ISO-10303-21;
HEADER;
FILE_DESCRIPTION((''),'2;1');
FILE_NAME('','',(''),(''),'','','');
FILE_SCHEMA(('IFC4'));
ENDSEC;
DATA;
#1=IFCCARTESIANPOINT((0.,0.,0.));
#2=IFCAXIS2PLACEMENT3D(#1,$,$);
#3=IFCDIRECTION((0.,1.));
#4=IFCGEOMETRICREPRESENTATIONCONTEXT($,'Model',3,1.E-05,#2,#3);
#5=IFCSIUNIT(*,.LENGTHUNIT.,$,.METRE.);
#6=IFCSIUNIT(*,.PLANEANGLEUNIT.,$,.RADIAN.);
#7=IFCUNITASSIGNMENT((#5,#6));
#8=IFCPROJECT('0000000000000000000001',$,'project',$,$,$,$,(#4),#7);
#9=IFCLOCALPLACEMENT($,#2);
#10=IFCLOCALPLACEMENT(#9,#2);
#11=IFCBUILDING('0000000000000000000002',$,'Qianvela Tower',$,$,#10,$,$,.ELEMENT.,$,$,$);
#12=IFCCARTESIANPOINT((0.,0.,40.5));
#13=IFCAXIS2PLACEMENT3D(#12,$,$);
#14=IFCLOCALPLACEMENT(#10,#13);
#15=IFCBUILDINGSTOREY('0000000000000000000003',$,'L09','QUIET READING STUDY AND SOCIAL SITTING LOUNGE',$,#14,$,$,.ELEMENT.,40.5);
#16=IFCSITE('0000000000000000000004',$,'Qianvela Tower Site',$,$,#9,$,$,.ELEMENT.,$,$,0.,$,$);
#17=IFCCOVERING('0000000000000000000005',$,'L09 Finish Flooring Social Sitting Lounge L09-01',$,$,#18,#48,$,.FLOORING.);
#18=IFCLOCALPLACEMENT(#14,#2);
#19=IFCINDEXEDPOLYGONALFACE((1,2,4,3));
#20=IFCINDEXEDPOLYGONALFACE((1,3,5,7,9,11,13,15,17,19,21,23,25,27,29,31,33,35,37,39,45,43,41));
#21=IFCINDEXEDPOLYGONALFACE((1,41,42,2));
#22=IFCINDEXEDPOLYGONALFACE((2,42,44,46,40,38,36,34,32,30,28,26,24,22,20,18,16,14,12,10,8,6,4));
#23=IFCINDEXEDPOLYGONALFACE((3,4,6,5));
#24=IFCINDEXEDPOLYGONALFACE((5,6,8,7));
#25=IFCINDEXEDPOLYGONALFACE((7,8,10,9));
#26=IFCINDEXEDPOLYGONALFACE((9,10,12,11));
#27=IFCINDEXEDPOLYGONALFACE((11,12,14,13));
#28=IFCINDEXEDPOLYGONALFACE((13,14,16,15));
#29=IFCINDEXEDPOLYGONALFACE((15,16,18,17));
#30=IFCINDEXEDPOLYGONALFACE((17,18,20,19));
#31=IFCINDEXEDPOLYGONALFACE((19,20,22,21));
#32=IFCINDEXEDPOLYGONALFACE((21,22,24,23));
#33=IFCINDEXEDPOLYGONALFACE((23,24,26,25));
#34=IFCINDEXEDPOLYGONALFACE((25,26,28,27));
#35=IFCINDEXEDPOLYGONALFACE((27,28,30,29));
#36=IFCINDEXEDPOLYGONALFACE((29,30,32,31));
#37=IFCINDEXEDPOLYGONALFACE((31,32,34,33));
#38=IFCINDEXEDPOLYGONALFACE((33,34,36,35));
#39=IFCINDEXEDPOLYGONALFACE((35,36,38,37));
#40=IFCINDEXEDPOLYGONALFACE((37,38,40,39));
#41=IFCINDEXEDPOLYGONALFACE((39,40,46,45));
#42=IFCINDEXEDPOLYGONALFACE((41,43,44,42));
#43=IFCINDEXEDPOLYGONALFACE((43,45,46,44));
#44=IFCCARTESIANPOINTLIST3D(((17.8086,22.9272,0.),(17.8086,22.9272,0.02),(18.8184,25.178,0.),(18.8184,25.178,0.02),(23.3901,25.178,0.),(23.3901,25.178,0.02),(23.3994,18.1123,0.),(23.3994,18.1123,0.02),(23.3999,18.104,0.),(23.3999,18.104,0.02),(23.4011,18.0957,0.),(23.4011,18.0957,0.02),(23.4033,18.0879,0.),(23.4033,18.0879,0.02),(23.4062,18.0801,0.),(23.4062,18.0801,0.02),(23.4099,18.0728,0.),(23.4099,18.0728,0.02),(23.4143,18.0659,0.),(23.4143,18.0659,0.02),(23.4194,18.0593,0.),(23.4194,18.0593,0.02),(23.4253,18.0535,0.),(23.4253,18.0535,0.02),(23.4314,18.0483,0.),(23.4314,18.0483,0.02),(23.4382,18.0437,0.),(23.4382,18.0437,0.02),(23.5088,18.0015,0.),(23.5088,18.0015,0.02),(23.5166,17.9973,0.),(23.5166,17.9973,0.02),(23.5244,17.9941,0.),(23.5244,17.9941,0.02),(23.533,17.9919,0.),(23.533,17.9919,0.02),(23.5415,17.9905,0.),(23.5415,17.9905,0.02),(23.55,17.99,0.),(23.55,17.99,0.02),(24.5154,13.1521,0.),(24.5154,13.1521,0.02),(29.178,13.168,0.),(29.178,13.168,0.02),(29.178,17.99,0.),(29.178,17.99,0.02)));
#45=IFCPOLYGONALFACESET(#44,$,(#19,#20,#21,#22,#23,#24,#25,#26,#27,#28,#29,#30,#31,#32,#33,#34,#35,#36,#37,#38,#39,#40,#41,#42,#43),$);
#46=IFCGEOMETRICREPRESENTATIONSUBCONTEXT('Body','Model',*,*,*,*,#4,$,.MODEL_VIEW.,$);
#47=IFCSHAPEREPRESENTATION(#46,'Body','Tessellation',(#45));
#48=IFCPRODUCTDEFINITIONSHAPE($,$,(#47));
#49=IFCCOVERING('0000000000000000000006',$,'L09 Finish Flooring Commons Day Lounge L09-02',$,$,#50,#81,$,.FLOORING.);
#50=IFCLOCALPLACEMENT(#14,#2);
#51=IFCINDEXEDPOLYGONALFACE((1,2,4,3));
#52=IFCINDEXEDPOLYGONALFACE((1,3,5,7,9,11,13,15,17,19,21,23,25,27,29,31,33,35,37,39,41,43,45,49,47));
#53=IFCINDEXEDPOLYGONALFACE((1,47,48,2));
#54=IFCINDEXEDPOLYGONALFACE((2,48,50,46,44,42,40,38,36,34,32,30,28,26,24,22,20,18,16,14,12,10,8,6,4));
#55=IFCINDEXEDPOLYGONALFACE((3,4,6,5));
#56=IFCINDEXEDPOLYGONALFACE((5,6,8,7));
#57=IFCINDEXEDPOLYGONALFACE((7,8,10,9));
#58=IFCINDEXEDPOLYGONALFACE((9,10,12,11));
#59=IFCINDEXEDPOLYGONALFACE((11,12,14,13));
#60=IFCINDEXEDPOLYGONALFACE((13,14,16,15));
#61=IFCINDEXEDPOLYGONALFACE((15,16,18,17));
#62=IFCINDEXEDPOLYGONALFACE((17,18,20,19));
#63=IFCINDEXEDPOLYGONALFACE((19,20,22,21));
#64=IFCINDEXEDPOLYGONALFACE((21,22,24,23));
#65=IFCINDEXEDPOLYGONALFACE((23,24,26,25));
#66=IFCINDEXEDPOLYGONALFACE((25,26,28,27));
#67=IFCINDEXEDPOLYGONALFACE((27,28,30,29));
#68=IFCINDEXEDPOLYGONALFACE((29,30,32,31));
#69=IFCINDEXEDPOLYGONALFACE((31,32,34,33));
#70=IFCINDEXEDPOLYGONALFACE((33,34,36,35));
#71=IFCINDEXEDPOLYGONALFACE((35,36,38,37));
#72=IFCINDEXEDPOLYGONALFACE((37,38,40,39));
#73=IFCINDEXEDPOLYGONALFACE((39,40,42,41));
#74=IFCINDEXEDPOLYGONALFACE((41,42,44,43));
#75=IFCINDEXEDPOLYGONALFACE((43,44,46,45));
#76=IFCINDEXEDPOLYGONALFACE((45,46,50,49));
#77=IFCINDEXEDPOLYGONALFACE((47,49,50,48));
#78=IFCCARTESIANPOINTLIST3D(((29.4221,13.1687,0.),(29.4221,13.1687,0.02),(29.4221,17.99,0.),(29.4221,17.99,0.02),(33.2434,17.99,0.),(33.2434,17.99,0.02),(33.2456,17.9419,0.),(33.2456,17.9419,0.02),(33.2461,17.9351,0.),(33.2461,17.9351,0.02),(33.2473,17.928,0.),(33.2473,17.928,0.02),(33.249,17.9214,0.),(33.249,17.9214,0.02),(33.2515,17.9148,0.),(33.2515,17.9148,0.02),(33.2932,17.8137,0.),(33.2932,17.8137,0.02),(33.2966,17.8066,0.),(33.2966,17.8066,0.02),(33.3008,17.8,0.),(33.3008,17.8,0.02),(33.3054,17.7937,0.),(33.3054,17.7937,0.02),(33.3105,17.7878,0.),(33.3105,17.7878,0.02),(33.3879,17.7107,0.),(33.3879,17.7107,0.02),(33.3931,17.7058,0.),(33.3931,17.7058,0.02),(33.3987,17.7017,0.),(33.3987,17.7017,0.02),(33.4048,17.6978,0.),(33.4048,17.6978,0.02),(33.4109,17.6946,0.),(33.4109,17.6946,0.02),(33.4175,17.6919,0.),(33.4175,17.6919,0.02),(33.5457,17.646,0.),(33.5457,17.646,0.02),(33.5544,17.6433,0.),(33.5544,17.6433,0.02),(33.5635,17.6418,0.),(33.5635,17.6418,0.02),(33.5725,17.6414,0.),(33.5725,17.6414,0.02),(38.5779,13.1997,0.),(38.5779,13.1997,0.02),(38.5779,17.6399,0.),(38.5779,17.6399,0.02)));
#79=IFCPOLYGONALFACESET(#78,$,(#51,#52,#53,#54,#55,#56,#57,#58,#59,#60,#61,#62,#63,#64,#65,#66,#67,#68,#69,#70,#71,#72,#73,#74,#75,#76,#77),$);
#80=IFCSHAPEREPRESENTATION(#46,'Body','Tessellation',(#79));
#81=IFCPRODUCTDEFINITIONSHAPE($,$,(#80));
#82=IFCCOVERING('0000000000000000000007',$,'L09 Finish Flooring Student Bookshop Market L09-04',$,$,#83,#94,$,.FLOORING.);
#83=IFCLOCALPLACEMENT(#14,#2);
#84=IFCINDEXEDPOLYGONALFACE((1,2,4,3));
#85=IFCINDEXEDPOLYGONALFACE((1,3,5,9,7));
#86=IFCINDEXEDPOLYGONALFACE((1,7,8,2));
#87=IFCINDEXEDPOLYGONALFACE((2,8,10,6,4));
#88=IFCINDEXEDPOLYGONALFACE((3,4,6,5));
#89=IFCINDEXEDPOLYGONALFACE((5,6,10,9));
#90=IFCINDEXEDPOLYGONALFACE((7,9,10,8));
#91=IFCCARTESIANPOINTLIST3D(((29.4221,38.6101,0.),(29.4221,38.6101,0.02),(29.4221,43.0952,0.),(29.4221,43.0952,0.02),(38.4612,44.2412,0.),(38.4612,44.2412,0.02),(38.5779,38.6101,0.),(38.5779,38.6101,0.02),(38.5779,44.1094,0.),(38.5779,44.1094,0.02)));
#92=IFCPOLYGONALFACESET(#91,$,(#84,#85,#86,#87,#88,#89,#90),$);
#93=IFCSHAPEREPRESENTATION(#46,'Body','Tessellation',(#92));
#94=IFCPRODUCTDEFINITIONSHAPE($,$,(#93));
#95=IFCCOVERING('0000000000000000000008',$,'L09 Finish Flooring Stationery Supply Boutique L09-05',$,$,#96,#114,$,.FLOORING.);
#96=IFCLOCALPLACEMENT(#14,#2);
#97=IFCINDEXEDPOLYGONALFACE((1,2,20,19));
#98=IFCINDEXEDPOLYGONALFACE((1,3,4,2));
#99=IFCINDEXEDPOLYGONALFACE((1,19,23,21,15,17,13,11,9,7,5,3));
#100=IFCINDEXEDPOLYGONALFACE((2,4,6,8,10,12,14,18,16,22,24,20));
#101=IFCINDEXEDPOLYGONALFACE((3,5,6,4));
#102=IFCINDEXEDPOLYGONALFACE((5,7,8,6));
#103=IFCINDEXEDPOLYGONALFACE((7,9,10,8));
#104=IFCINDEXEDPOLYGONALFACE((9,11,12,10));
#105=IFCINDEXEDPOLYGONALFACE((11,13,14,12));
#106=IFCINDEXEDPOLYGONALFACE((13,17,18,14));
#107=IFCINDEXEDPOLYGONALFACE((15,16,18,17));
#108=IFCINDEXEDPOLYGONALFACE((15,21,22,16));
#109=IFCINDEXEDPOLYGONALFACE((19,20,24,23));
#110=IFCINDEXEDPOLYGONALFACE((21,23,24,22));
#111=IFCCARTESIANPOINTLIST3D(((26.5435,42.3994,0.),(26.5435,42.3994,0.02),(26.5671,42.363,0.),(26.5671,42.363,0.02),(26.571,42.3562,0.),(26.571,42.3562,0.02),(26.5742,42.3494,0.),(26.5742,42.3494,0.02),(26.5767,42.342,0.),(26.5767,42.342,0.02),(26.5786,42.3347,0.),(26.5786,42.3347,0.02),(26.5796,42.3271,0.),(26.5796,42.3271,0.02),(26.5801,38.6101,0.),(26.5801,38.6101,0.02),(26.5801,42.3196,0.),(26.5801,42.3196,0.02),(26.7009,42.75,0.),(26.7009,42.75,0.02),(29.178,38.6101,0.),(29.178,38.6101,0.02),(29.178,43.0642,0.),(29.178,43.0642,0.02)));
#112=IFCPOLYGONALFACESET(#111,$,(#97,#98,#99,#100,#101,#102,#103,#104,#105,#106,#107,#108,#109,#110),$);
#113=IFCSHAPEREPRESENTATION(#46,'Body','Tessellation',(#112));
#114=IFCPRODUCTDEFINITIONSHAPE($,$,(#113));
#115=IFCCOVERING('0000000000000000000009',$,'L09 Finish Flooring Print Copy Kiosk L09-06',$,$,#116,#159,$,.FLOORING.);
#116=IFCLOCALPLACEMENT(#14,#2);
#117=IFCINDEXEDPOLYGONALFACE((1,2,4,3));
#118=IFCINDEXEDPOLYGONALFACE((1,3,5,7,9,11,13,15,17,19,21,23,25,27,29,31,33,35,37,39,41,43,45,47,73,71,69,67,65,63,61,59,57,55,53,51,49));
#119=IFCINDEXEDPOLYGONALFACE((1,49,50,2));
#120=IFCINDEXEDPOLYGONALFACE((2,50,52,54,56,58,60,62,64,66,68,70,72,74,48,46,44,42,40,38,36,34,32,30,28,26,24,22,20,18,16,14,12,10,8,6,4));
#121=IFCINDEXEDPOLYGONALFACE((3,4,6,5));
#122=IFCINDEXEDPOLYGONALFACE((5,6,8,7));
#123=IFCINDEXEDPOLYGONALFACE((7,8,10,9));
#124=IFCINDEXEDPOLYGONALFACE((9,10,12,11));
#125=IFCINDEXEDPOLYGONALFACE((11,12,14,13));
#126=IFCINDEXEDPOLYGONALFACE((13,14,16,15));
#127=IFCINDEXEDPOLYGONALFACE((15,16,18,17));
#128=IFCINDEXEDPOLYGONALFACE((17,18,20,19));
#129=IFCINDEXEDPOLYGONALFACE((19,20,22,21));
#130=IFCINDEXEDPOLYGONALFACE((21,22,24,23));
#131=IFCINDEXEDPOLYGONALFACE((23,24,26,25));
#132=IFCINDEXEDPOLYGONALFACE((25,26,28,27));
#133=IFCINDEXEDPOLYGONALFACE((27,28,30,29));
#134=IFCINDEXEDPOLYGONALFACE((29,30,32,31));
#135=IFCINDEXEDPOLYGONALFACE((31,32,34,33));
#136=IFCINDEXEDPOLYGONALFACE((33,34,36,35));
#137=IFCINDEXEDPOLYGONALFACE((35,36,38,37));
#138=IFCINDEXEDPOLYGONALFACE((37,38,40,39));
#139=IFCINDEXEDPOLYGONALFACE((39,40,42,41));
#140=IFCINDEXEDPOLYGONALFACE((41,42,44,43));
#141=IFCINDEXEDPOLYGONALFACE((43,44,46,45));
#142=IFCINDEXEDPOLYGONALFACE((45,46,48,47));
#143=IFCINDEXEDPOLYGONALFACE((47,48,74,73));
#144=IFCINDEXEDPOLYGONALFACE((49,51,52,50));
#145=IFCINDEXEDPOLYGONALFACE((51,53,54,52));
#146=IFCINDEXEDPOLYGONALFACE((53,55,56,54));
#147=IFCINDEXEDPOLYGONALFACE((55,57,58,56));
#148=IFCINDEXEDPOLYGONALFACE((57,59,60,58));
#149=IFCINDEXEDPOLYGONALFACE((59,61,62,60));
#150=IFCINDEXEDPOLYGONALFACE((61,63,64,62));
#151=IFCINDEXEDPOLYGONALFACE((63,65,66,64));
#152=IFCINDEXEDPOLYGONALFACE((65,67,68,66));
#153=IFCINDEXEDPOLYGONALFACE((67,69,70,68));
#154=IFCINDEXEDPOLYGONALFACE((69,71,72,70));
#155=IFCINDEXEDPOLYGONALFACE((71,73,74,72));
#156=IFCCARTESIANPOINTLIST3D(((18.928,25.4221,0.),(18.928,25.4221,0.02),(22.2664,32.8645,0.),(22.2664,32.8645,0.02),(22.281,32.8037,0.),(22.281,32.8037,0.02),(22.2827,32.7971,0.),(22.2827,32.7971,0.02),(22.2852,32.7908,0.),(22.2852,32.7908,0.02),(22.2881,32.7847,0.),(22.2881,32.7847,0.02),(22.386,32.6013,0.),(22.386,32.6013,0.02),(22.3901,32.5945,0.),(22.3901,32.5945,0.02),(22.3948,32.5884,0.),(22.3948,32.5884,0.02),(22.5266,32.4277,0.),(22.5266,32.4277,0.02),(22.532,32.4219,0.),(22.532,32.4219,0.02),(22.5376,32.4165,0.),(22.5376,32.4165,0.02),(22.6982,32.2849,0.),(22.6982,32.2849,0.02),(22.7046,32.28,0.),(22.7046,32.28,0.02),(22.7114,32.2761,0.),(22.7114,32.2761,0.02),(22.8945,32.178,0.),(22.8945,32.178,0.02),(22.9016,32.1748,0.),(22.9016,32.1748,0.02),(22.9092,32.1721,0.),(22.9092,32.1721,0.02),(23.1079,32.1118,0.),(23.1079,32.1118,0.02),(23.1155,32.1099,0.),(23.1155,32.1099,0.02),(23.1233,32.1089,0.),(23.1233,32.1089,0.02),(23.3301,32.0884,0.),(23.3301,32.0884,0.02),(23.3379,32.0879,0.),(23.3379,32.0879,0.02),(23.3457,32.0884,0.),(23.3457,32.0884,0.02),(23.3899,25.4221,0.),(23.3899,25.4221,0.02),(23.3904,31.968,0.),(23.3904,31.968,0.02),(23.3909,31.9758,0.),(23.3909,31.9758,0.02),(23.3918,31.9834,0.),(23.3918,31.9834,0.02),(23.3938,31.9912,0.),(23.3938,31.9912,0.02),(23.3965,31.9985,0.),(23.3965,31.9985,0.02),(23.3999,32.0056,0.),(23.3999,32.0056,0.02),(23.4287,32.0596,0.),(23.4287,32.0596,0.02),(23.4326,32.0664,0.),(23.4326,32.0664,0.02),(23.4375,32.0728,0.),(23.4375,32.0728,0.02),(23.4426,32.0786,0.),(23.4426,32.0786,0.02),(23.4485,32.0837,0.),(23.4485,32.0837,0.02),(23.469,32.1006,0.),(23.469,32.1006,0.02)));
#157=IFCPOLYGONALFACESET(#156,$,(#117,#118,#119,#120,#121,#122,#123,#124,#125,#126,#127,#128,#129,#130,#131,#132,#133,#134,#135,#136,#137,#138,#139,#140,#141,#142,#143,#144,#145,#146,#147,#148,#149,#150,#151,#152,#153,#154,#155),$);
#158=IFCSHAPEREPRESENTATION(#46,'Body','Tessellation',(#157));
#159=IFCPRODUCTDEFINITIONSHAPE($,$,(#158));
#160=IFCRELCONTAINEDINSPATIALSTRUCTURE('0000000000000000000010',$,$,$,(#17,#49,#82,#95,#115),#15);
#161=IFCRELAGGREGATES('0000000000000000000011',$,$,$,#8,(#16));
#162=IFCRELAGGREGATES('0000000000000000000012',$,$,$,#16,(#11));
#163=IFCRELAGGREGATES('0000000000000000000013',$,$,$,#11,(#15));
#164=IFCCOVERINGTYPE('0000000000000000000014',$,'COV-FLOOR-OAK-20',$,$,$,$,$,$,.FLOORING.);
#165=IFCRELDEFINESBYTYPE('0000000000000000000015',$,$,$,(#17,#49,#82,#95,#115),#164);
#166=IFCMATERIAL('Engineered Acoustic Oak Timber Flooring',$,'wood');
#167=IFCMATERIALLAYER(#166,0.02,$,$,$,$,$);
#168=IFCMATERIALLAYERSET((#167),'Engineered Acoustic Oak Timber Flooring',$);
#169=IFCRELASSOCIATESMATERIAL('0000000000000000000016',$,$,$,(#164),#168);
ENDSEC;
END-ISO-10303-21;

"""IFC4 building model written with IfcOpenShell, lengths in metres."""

from ifc_helpers import new_model, si_unit, direction, frame, origin, place, context, subcontext, project, spatial, polyline, outline, extrude, material, layer, layer_set, type_object, element, save


model = new_model("IFC4")

# Units and contexts
model_context = context("Model", 3, precision=1e-05, world=origin(), true_north=direction((0.0, 1.0)))
body_context = subcontext(model_context, "Body", "Model", "MODEL_VIEW")
ifc_project = project(units=[si_unit("LENGTHUNIT", "METRE"), si_unit("PLANEANGLEUNIT", "RADIAN")], contexts=[model_context])

# Site, building, storey
site_placement = place(None, origin())
site = spatial("IfcSite", under=ifc_project, at=site_placement, Name="Qianvela Tower Site", CompositionType="ELEMENT", RefElevation=0.0)
building_placement = place(site_placement, origin())
building = spatial("IfcBuilding", under=site, at=building_placement, Name="Qianvela Tower", CompositionType="ELEMENT")
storey_placement = place(building_placement, frame((0.0, 0.0, 40.5)))
storey = spatial("IfcBuildingStorey", under=building, at=storey_placement, Name="L09", Description="QUIET READING STUDY AND SOCIAL SITTING LOUNGE", CompositionType="ELEMENT", Elevation=40.5)

# Coverings
ifc_material_1 = material(Name="Engineered Acoustic Oak Timber Flooring", Category="wood")
ifc_layer_1 = layer(ifc_material_1, 0.02)
ifc_layer_set_1 = layer_set([ifc_layer_1], Name="Engineered Acoustic Oak Timber Flooring")
covering_type_1 = type_object("IfcCoveringType", Name="COV-FLOOR-OAK-20", PredefinedType="FLOORING", material=ifc_layer_set_1)
covering_1_placement = place(storey_placement, origin())
element("IfcCovering", 1, at=covering_1_placement, inside=storey, type_object=covering_type_1, Name="L09 Finish Flooring Social Sitting Lounge L09-01", PredefinedType="FLOORING", context=body_context, shape_type="SweptSolid", body=[
    extrude(outline(polyline([(23.3994, 18.1123), (23.3999, 18.104), (23.4011, 18.0957), (23.4033, 18.0879), (23.4062, 18.0801), (23.4099, 18.0728), (23.4143, 18.0659), (23.4194, 18.0593), (23.4253, 18.0535), (23.4314, 18.0483), (23.4382, 18.0437), (23.5088, 18.0015), (23.5166, 17.9973), (23.5244, 17.9941), (23.533, 17.9919), (23.5415, 17.9905), (23.55, 17.99), (29.178, 17.99), (29.178, 13.168), (24.5154, 13.1521), (17.8086, 22.9272), (18.8184, 25.178), (23.3901, 25.178), (23.3994, 18.1123)])), origin(), (0.0, 0.0, 1.0), 0.02),
])
covering_2_placement = place(storey_placement, origin())
element("IfcCovering", 2, at=covering_2_placement, inside=storey, type_object=covering_type_1, Name="L09 Finish Flooring Commons Day Lounge L09-02", PredefinedType="FLOORING", context=body_context, shape_type="SweptSolid", body=[
    extrude(outline(polyline([(33.2456, 17.9419), (33.2461, 17.9351), (33.2473, 17.928), (33.249, 17.9214), (33.2515, 17.9148), (33.2932, 17.8137), (33.2966, 17.8066), (33.3008, 17.8), (33.3054, 17.7937), (33.3105, 17.7878), (33.3879, 17.7107), (33.3931, 17.7058), (33.3987, 17.7017), (33.4048, 17.6978), (33.4109, 17.6946), (33.4175, 17.6919), (33.5457, 17.646), (33.5544, 17.6433), (33.5635, 17.6418), (33.5725, 17.6414), (38.5779, 17.6399), (38.5779, 13.1997), (29.4221, 13.1687), (29.4221, 17.99), (33.2434, 17.99), (33.2456, 17.9419)])), origin(), (0.0, 0.0, 1.0), 0.02),
])
covering_3_placement = place(storey_placement, origin())
element("IfcCovering", 3, at=covering_3_placement, inside=storey, type_object=covering_type_1, Name="L09 Finish Flooring Student Bookshop Market L09-04", PredefinedType="FLOORING", context=body_context, shape_type="SweptSolid", body=[
    extrude(outline(polyline([(29.4221, 43.0952), (38.4612, 44.2412), (38.5779, 44.1094), (38.5779, 38.6101), (29.4221, 38.6101), (29.4221, 43.0952)])), origin(), (0.0, 0.0, 1.0), 0.02),
])
covering_4_placement = place(storey_placement, origin())
element("IfcCovering", 4, at=covering_4_placement, inside=storey, type_object=covering_type_1, Name="L09 Finish Flooring Stationery Supply Boutique L09-05", PredefinedType="FLOORING", context=body_context, shape_type="SweptSolid", body=[
    extrude(outline(polyline([(26.5801, 42.3196), (26.5796, 42.3271), (26.5786, 42.3347), (26.5767, 42.342), (26.5742, 42.3494), (26.571, 42.3562), (26.5671, 42.363), (26.5435, 42.3994), (26.7009, 42.75), (29.178, 43.0642), (29.178, 38.6101), (26.5801, 38.6101), (26.5801, 42.3196)])), origin(), (0.0, 0.0, 1.0), 0.02),
])
covering_5_placement = place(storey_placement, origin())
element("IfcCovering", 5, at=covering_5_placement, inside=storey, type_object=covering_type_1, Name="L09 Finish Flooring Print Copy Kiosk L09-06", PredefinedType="FLOORING", context=body_context, shape_type="SweptSolid", body=[
    extrude(outline(polyline([(23.4485, 32.0837), (23.4426, 32.0786), (23.4375, 32.0728), (23.4326, 32.0664), (23.4287, 32.0596), (23.3999, 32.0056), (23.3965, 31.9985), (23.3938, 31.9912), (23.3918, 31.9834), (23.3909, 31.9758), (23.3904, 31.968), (23.3899, 25.4221), (18.928, 25.4221), (22.2664, 32.8645), (22.281, 32.8037), (22.2827, 32.7971), (22.2852, 32.7908), (22.2881, 32.7847), (22.386, 32.6013), (22.3901, 32.5945), (22.3948, 32.5884), (22.5266, 32.4277), (22.532, 32.4219), (22.5376, 32.4165), (22.6982, 32.2849), (22.7046, 32.28), (22.7114, 32.2761), (22.8945, 32.178), (22.9016, 32.1748), (22.9092, 32.1721), (23.1079, 32.1118), (23.1155, 32.1099), (23.1233, 32.1089), (23.3301, 32.0884), (23.3379, 32.0879), (23.3457, 32.0884), (23.469, 32.1006), (23.4485, 32.0837)])), origin(), (0.0, 0.0, 1.0), 0.02),
])

save(model, "model.ifc")
